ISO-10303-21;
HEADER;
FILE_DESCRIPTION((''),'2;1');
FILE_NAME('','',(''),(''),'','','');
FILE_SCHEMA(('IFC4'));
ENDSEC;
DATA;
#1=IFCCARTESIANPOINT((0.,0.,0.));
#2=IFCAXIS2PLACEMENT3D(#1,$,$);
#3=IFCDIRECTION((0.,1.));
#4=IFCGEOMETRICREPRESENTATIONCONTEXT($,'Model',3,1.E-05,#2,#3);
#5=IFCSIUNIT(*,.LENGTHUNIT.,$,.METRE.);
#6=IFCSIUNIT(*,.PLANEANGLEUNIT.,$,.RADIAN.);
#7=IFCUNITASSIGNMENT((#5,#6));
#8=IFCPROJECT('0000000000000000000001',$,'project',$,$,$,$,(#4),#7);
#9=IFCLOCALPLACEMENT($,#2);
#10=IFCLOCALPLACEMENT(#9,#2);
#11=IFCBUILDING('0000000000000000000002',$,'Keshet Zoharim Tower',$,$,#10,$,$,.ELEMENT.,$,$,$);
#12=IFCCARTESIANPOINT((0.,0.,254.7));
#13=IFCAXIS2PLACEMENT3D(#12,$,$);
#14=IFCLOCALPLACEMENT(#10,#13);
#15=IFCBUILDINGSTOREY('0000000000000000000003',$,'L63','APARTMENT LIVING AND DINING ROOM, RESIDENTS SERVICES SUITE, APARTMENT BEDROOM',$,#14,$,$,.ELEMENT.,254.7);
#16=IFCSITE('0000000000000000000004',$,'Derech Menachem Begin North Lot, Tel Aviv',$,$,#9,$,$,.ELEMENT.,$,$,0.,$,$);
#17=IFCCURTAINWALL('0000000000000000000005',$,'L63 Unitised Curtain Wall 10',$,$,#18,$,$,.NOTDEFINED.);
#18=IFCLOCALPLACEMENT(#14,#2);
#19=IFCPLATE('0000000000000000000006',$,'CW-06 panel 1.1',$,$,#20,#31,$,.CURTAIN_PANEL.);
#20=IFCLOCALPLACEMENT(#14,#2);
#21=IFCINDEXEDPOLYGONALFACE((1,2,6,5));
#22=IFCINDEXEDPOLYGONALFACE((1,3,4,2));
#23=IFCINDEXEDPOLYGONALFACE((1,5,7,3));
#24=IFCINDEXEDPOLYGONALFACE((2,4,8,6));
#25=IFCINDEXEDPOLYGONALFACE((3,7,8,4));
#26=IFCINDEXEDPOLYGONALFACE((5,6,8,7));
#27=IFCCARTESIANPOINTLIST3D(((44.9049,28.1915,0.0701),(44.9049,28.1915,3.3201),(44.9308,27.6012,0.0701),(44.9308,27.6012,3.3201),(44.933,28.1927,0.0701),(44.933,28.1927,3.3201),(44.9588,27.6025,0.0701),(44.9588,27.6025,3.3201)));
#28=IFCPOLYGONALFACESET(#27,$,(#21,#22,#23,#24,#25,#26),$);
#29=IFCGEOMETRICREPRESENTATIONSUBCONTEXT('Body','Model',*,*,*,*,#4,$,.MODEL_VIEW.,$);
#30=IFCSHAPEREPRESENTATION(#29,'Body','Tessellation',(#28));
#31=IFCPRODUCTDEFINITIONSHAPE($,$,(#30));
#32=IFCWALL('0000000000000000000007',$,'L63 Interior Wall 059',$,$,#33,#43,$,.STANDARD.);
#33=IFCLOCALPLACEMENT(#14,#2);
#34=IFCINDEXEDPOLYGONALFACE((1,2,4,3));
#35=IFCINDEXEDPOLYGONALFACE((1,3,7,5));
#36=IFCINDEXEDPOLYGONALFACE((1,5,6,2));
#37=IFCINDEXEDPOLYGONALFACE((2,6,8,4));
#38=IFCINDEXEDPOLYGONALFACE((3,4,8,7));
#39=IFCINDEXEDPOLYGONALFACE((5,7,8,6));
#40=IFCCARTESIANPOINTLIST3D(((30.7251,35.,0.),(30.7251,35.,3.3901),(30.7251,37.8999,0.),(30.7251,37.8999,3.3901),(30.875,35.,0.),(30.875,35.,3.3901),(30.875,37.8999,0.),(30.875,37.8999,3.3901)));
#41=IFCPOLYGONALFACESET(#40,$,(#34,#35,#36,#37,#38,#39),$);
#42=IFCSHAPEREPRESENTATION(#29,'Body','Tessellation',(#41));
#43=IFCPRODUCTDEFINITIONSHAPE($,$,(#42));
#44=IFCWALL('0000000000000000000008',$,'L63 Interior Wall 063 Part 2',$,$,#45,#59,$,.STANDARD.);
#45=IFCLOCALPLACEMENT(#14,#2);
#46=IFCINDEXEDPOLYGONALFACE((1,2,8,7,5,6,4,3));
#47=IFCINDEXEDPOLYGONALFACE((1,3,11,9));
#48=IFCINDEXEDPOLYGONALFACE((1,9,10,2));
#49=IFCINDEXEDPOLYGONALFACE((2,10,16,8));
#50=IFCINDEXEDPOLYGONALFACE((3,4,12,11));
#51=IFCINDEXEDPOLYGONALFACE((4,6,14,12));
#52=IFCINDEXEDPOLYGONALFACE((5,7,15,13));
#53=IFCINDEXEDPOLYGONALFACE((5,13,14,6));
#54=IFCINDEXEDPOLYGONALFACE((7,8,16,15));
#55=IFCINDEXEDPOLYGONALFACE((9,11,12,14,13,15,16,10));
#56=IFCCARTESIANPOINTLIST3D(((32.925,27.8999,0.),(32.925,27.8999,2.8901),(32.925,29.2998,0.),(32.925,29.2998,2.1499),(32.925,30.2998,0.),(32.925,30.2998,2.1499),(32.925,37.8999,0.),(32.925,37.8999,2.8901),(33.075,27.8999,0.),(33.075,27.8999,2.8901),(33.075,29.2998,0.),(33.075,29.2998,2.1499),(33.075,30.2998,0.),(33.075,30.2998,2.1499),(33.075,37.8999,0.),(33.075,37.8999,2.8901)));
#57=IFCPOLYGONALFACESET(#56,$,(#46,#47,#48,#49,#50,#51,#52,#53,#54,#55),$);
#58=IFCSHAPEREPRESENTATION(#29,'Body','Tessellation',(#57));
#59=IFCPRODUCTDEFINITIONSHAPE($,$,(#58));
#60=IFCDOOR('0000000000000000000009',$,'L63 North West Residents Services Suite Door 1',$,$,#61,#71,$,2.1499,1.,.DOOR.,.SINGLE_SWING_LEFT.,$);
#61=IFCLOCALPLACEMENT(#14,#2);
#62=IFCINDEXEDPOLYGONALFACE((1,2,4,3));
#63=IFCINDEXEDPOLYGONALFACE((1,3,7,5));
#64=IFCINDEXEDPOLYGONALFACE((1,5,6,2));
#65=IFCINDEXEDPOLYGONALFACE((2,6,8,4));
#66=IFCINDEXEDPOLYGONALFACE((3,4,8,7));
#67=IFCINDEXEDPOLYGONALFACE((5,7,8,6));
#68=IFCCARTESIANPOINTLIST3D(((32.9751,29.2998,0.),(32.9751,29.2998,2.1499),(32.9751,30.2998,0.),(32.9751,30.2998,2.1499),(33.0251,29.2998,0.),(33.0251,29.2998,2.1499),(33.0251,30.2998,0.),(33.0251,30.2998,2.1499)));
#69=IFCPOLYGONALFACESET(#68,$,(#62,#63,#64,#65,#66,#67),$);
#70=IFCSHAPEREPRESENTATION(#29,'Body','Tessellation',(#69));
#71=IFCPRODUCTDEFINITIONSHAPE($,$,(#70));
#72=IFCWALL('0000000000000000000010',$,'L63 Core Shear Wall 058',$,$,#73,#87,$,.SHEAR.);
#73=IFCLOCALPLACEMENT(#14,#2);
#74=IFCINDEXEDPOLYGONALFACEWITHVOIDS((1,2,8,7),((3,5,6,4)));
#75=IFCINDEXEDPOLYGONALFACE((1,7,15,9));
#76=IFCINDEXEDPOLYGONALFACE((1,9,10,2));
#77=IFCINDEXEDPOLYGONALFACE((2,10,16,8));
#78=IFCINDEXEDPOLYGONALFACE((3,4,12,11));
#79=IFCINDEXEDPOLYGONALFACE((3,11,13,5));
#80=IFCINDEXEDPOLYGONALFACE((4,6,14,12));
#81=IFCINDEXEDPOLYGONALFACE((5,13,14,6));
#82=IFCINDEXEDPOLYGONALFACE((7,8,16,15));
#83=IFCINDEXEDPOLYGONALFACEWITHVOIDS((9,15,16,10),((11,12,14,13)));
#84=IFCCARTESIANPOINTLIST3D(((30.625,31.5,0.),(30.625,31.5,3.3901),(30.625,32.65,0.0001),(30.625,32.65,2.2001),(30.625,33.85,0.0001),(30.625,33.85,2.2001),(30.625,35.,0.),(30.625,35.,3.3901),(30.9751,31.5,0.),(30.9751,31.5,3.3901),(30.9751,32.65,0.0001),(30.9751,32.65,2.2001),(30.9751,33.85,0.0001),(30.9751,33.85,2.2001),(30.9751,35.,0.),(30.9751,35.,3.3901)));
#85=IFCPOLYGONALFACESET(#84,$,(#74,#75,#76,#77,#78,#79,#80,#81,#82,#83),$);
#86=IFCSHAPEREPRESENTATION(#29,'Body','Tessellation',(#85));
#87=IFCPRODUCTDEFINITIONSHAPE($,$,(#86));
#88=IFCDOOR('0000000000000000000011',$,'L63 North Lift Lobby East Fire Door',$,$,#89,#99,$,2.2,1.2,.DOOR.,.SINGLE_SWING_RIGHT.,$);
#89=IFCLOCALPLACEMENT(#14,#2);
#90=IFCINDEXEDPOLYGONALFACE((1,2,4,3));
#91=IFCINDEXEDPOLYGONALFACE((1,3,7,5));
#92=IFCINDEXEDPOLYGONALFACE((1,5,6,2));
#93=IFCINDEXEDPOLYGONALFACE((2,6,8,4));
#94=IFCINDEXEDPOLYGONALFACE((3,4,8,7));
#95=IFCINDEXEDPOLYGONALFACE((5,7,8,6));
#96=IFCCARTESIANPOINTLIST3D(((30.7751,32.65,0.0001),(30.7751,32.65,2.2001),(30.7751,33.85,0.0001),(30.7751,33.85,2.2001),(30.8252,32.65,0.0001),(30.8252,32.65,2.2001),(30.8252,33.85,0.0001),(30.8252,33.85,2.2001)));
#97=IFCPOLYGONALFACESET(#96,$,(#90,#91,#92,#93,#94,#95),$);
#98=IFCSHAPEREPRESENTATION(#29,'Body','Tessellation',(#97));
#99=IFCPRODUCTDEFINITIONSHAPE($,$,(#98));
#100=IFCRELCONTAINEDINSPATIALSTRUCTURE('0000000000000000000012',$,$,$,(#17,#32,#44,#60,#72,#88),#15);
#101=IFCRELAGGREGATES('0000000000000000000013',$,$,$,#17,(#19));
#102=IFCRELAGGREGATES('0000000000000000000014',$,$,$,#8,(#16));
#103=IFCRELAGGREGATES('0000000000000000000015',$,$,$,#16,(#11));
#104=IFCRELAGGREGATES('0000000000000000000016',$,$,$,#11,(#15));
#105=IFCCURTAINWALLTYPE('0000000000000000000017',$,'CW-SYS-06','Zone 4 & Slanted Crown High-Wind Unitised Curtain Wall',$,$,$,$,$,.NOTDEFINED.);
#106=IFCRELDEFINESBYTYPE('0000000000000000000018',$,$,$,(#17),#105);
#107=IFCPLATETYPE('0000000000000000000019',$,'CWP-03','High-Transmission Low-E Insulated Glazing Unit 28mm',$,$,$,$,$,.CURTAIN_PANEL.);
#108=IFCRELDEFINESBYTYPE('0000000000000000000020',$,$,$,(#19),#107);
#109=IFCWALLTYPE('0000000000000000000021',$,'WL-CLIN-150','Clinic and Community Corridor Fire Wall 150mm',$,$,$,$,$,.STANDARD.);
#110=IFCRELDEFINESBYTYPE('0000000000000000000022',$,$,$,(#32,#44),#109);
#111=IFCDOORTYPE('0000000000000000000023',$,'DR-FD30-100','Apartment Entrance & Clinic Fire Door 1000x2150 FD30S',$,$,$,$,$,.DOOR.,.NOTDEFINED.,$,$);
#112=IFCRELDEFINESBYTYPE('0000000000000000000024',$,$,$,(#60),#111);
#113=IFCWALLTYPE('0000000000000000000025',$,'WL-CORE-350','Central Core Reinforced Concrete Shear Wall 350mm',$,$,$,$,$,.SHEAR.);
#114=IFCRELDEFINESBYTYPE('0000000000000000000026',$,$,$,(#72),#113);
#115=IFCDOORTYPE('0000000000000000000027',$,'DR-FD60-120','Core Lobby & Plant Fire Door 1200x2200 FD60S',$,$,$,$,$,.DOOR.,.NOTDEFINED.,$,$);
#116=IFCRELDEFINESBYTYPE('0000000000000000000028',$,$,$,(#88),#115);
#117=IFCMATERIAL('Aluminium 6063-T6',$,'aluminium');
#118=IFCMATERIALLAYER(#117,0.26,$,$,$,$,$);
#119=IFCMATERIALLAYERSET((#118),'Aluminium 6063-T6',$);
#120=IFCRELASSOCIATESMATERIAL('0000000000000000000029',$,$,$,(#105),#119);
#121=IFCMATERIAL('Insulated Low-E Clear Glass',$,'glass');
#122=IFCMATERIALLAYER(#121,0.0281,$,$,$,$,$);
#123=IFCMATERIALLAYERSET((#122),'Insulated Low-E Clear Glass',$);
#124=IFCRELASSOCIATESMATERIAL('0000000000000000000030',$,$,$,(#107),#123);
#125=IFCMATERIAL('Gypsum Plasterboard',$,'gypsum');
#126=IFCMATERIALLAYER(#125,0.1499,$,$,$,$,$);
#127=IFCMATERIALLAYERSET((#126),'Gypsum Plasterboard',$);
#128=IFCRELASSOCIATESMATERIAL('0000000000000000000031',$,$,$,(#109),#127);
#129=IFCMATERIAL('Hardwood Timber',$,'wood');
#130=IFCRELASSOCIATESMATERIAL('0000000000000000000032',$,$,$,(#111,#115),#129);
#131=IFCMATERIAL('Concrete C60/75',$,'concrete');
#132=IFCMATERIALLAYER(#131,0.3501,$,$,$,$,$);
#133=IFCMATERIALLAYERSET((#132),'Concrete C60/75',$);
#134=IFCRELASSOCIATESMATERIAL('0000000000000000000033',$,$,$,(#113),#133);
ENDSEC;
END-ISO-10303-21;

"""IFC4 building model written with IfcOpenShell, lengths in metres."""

from ifc_helpers import new_model, si_unit, direction, frame, frame_2d, origin, origin_2d, place, context, subcontext, project, spatial, rectangle, extrude, material, layer, layer_set, type_object, element, fill, aggregate, save


model = new_model("IFC4")

# Units and contexts
model_context = context("Model", 3, precision=1e-05, world=origin(), true_north=direction((0.0, 1.0)))
body_context = subcontext(model_context, "Body", "Model", "MODEL_VIEW")
ifc_project = project(units=[si_unit("LENGTHUNIT", "METRE"), si_unit("PLANEANGLEUNIT", "RADIAN")], contexts=[model_context])

# Site, building, storey
site_placement = place(None, origin())
site = spatial("IfcSite", under=ifc_project, at=site_placement, Name="Derech Menachem Begin North Lot, Tel Aviv", CompositionType="ELEMENT", RefElevation=0.0)
building_placement = place(site_placement, origin())
building = spatial("IfcBuilding", under=site, at=building_placement, Name="Keshet Zoharim Tower", CompositionType="ELEMENT")
storey_placement = place(building_placement, frame((0.0, 0.0, 254.7)))
storey = spatial("IfcBuildingStorey", under=building, at=storey_placement, Name="L63", Description="APARTMENT LIVING AND DINING ROOM, RESIDENTS SERVICES SUITE, APARTMENT BEDROOM", CompositionType="ELEMENT", Elevation=254.7)

# Curtain wall
ifc_material_1 = material(Name="Aluminium 6063-T6", Category="aluminium")
ifc_layer_1 = layer(ifc_material_1, 0.26)
ifc_layer_set_1 = layer_set([ifc_layer_1], Name="Aluminium 6063-T6")
curtain_wall_type = type_object("IfcCurtainWallType", Name="CW-SYS-06", Description="Zone 4 & Slanted Crown High-Wind Unitised Curtain Wall", PredefinedType="NOTDEFINED", material=ifc_layer_set_1)
curtain_wall_1_placement = place(storey_placement, origin())
curtain_wall_1 = element("IfcCurtainWall", 1, at=curtain_wall_1_placement, inside=storey, type_object=curtain_wall_type, Name="L63 Unitised Curtain Wall 10", PredefinedType="NOTDEFINED")

# Plate
ifc_material_2 = material(Name="Insulated Low-E Clear Glass", Category="glass")
ifc_layer_2 = layer(ifc_material_2, 0.0281)
ifc_layer_set_2 = layer_set([ifc_layer_2], Name="Insulated Low-E Clear Glass")
plate_type = type_object("IfcPlateType", Name="CWP-03", Description="High-Transmission Low-E Insulated Glazing Unit 28mm", PredefinedType="CURTAIN_PANEL", material=ifc_layer_set_2)
plate_1_placement = place(storey_placement, frame((44.9319, 27.897, 0.0701), z_axis=(0.0, 0.0, 1.0), x_axis=(0.043794, -0.999041, 0.0)))
plate_1 = element("IfcPlate", 2, at=plate_1_placement, type_object=plate_type, Name="CW-06 panel 1.1", PredefinedType="CURTAIN_PANEL", context=body_context, shape_type="SweptSolid", body=[
    extrude(rectangle(XDim=0.5908, YDim=0.0281, at=origin_2d()), origin(), (0.0, 0.0, 1.0), 3.25),
])
aggregate(curtain_wall_1, [plate_1])

# Wall
ifc_material_3 = material(Name="Gypsum Plasterboard", Category="gypsum")
ifc_layer_3 = layer(ifc_material_3, 0.1499)
ifc_layer_set_3 = layer_set([ifc_layer_3], Name="Gypsum Plasterboard")
wall_type_1 = type_object("IfcWallType", Name="WL-CLIN-150", Description="Clinic and Community Corridor Fire Wall 150mm", PredefinedType="STANDARD", material=ifc_layer_set_3)
wall_1_placement = place(storey_placement, frame((30.8, 35.0, 0.0), z_axis=(0.0, 0.0, 1.0), x_axis=(0.0, 1.0, 0.0)))
element("IfcWall", 3, at=wall_1_placement, inside=storey, type_object=wall_type_1, Name="L63 Interior Wall 059", PredefinedType="STANDARD", context=body_context, shape_type="SweptSolid", body=[
    extrude(rectangle(XDim=2.8999, YDim=0.1499, at=frame_2d((1.45, 0.0))), origin(), (0.0, 0.0, 1.0), 3.3901),
])

# Walls, openings, doors
wall_2_placement = place(storey_placement, frame((33.0, 27.8999, 0.0), z_axis=(0.0, 0.0, 1.0), x_axis=(0.0, 1.0, 0.0)))
wall_2 = element("IfcWall", 4, at=wall_2_placement, inside=storey, type_object=wall_type_1, Name="L63 Interior Wall 063 Part 2", PredefinedType="STANDARD", context=body_context, shape_type="SweptSolid", body=[
    extrude(rectangle(XDim=10.0, YDim=0.1499, at=frame_2d((5.0, 0.0))), origin(), (0.0, 0.0, 1.0), 2.8901),
])
opening_1_placement = place(wall_2_placement, frame((1.3999, 0.0, 0.0)))
opening_1 = element("IfcOpeningElement", 5, at=opening_1_placement, cuts=wall_2, PredefinedType="OPENING", context=body_context, shape_type="SweptSolid", body=[
    extrude(rectangle(XDim=1.0, YDim=2.1499, at=frame_2d((0.5, 1.075))), frame((0.0, 0.085, 0.0), z_axis=(0.0, -1.0, 0.0), x_axis=(1.0, 0.0, 0.0)), (0.0, 0.0, 1.0), 0.1699),
])
ifc_material_4 = material(Name="Hardwood Timber", Category="wood")
door_type_1 = type_object("IfcDoorType", Name="DR-FD30-100", Description="Apartment Entrance & Clinic Fire Door 1000x2150 FD30S", OperationType="NOTDEFINED", PredefinedType="DOOR", material=ifc_material_4)
door_1_placement = place(opening_1_placement, origin())
door_1 = element("IfcDoor", 6, at=door_1_placement, inside=storey, type_object=door_type_1, Name="L63 North West Residents Services Suite Door 1", OperationType="SINGLE_SWING_LEFT", OverallHeight=2.1499, OverallWidth=1.0, PredefinedType="DOOR", context=body_context, shape_type="SweptSolid", body=[
    extrude(rectangle(XDim=1.0, YDim=2.1499, at=frame_2d((0.5, 1.075))), frame((0.0, 0.0249, 0.0), z_axis=(0.0, -1.0, 0.0), x_axis=(1.0, 0.0, 0.0)), (0.0, 0.0, 1.0), 0.05),
])
fill(opening_1, door_1)
ifc_material_5 = material(Name="Concrete C60/75", Category="concrete")
ifc_layer_4 = layer(ifc_material_5, 0.3501)
ifc_layer_set_4 = layer_set([ifc_layer_4], Name="Concrete C60/75")
wall_type_2 = type_object("IfcWallType", Name="WL-CORE-350", Description="Central Core Reinforced Concrete Shear Wall 350mm", PredefinedType="SHEAR", material=ifc_layer_set_4)
wall_3_placement = place(storey_placement, frame((30.8, 31.5, 0.0), z_axis=(0.0, 0.0, 1.0), x_axis=(0.0, 1.0, 0.0)))
wall_3 = element("IfcWall", 7, at=wall_3_placement, inside=storey, type_object=wall_type_2, Name="L63 Core Shear Wall 058", PredefinedType="SHEAR", context=body_context, shape_type="SweptSolid", body=[
    extrude(rectangle(XDim=3.5, YDim=0.3501, at=frame_2d((1.75, 0.0))), origin(), (0.0, 0.0, 1.0), 3.3901),
])
opening_2_placement = place(wall_3_placement, frame((1.1499, 0.0, 0.0)))
opening_2 = element("IfcOpeningElement", 8, at=opening_2_placement, cuts=wall_3, PredefinedType="OPENING", context=body_context, shape_type="SweptSolid", body=[
    extrude(rectangle(XDim=1.2, YDim=2.2, at=frame_2d((0.6001, 1.1001))), frame((0.0, 0.1851, 0.0), z_axis=(0.0, -1.0, 0.0), x_axis=(1.0, 0.0, 0.0)), (0.0, 0.0, 1.0), 0.3701),
])
door_type_2 = type_object("IfcDoorType", Name="DR-FD60-120", Description="Core Lobby & Plant Fire Door 1200x2200 FD60S", OperationType="NOTDEFINED", PredefinedType="DOOR", material=ifc_material_4)
door_2_placement = place(opening_2_placement, origin())
door_2 = element("IfcDoor", 9, at=door_2_placement, inside=storey, type_object=door_type_2, Name="L63 North Lift Lobby East Fire Door", OperationType="SINGLE_SWING_RIGHT", OverallHeight=2.2, OverallWidth=1.2, PredefinedType="DOOR", context=body_context, shape_type="SweptSolid", body=[
    extrude(rectangle(XDim=1.2, YDim=2.2, at=frame_2d((0.6001, 1.1001))), frame((0.0, 0.0249, 0.0), z_axis=(0.0, -1.0, 0.0), x_axis=(1.0, 0.0, 0.0)), (0.0, 0.0, 1.0), 0.05),
])
fill(opening_2, door_2)

save(model, "model.ifc")
